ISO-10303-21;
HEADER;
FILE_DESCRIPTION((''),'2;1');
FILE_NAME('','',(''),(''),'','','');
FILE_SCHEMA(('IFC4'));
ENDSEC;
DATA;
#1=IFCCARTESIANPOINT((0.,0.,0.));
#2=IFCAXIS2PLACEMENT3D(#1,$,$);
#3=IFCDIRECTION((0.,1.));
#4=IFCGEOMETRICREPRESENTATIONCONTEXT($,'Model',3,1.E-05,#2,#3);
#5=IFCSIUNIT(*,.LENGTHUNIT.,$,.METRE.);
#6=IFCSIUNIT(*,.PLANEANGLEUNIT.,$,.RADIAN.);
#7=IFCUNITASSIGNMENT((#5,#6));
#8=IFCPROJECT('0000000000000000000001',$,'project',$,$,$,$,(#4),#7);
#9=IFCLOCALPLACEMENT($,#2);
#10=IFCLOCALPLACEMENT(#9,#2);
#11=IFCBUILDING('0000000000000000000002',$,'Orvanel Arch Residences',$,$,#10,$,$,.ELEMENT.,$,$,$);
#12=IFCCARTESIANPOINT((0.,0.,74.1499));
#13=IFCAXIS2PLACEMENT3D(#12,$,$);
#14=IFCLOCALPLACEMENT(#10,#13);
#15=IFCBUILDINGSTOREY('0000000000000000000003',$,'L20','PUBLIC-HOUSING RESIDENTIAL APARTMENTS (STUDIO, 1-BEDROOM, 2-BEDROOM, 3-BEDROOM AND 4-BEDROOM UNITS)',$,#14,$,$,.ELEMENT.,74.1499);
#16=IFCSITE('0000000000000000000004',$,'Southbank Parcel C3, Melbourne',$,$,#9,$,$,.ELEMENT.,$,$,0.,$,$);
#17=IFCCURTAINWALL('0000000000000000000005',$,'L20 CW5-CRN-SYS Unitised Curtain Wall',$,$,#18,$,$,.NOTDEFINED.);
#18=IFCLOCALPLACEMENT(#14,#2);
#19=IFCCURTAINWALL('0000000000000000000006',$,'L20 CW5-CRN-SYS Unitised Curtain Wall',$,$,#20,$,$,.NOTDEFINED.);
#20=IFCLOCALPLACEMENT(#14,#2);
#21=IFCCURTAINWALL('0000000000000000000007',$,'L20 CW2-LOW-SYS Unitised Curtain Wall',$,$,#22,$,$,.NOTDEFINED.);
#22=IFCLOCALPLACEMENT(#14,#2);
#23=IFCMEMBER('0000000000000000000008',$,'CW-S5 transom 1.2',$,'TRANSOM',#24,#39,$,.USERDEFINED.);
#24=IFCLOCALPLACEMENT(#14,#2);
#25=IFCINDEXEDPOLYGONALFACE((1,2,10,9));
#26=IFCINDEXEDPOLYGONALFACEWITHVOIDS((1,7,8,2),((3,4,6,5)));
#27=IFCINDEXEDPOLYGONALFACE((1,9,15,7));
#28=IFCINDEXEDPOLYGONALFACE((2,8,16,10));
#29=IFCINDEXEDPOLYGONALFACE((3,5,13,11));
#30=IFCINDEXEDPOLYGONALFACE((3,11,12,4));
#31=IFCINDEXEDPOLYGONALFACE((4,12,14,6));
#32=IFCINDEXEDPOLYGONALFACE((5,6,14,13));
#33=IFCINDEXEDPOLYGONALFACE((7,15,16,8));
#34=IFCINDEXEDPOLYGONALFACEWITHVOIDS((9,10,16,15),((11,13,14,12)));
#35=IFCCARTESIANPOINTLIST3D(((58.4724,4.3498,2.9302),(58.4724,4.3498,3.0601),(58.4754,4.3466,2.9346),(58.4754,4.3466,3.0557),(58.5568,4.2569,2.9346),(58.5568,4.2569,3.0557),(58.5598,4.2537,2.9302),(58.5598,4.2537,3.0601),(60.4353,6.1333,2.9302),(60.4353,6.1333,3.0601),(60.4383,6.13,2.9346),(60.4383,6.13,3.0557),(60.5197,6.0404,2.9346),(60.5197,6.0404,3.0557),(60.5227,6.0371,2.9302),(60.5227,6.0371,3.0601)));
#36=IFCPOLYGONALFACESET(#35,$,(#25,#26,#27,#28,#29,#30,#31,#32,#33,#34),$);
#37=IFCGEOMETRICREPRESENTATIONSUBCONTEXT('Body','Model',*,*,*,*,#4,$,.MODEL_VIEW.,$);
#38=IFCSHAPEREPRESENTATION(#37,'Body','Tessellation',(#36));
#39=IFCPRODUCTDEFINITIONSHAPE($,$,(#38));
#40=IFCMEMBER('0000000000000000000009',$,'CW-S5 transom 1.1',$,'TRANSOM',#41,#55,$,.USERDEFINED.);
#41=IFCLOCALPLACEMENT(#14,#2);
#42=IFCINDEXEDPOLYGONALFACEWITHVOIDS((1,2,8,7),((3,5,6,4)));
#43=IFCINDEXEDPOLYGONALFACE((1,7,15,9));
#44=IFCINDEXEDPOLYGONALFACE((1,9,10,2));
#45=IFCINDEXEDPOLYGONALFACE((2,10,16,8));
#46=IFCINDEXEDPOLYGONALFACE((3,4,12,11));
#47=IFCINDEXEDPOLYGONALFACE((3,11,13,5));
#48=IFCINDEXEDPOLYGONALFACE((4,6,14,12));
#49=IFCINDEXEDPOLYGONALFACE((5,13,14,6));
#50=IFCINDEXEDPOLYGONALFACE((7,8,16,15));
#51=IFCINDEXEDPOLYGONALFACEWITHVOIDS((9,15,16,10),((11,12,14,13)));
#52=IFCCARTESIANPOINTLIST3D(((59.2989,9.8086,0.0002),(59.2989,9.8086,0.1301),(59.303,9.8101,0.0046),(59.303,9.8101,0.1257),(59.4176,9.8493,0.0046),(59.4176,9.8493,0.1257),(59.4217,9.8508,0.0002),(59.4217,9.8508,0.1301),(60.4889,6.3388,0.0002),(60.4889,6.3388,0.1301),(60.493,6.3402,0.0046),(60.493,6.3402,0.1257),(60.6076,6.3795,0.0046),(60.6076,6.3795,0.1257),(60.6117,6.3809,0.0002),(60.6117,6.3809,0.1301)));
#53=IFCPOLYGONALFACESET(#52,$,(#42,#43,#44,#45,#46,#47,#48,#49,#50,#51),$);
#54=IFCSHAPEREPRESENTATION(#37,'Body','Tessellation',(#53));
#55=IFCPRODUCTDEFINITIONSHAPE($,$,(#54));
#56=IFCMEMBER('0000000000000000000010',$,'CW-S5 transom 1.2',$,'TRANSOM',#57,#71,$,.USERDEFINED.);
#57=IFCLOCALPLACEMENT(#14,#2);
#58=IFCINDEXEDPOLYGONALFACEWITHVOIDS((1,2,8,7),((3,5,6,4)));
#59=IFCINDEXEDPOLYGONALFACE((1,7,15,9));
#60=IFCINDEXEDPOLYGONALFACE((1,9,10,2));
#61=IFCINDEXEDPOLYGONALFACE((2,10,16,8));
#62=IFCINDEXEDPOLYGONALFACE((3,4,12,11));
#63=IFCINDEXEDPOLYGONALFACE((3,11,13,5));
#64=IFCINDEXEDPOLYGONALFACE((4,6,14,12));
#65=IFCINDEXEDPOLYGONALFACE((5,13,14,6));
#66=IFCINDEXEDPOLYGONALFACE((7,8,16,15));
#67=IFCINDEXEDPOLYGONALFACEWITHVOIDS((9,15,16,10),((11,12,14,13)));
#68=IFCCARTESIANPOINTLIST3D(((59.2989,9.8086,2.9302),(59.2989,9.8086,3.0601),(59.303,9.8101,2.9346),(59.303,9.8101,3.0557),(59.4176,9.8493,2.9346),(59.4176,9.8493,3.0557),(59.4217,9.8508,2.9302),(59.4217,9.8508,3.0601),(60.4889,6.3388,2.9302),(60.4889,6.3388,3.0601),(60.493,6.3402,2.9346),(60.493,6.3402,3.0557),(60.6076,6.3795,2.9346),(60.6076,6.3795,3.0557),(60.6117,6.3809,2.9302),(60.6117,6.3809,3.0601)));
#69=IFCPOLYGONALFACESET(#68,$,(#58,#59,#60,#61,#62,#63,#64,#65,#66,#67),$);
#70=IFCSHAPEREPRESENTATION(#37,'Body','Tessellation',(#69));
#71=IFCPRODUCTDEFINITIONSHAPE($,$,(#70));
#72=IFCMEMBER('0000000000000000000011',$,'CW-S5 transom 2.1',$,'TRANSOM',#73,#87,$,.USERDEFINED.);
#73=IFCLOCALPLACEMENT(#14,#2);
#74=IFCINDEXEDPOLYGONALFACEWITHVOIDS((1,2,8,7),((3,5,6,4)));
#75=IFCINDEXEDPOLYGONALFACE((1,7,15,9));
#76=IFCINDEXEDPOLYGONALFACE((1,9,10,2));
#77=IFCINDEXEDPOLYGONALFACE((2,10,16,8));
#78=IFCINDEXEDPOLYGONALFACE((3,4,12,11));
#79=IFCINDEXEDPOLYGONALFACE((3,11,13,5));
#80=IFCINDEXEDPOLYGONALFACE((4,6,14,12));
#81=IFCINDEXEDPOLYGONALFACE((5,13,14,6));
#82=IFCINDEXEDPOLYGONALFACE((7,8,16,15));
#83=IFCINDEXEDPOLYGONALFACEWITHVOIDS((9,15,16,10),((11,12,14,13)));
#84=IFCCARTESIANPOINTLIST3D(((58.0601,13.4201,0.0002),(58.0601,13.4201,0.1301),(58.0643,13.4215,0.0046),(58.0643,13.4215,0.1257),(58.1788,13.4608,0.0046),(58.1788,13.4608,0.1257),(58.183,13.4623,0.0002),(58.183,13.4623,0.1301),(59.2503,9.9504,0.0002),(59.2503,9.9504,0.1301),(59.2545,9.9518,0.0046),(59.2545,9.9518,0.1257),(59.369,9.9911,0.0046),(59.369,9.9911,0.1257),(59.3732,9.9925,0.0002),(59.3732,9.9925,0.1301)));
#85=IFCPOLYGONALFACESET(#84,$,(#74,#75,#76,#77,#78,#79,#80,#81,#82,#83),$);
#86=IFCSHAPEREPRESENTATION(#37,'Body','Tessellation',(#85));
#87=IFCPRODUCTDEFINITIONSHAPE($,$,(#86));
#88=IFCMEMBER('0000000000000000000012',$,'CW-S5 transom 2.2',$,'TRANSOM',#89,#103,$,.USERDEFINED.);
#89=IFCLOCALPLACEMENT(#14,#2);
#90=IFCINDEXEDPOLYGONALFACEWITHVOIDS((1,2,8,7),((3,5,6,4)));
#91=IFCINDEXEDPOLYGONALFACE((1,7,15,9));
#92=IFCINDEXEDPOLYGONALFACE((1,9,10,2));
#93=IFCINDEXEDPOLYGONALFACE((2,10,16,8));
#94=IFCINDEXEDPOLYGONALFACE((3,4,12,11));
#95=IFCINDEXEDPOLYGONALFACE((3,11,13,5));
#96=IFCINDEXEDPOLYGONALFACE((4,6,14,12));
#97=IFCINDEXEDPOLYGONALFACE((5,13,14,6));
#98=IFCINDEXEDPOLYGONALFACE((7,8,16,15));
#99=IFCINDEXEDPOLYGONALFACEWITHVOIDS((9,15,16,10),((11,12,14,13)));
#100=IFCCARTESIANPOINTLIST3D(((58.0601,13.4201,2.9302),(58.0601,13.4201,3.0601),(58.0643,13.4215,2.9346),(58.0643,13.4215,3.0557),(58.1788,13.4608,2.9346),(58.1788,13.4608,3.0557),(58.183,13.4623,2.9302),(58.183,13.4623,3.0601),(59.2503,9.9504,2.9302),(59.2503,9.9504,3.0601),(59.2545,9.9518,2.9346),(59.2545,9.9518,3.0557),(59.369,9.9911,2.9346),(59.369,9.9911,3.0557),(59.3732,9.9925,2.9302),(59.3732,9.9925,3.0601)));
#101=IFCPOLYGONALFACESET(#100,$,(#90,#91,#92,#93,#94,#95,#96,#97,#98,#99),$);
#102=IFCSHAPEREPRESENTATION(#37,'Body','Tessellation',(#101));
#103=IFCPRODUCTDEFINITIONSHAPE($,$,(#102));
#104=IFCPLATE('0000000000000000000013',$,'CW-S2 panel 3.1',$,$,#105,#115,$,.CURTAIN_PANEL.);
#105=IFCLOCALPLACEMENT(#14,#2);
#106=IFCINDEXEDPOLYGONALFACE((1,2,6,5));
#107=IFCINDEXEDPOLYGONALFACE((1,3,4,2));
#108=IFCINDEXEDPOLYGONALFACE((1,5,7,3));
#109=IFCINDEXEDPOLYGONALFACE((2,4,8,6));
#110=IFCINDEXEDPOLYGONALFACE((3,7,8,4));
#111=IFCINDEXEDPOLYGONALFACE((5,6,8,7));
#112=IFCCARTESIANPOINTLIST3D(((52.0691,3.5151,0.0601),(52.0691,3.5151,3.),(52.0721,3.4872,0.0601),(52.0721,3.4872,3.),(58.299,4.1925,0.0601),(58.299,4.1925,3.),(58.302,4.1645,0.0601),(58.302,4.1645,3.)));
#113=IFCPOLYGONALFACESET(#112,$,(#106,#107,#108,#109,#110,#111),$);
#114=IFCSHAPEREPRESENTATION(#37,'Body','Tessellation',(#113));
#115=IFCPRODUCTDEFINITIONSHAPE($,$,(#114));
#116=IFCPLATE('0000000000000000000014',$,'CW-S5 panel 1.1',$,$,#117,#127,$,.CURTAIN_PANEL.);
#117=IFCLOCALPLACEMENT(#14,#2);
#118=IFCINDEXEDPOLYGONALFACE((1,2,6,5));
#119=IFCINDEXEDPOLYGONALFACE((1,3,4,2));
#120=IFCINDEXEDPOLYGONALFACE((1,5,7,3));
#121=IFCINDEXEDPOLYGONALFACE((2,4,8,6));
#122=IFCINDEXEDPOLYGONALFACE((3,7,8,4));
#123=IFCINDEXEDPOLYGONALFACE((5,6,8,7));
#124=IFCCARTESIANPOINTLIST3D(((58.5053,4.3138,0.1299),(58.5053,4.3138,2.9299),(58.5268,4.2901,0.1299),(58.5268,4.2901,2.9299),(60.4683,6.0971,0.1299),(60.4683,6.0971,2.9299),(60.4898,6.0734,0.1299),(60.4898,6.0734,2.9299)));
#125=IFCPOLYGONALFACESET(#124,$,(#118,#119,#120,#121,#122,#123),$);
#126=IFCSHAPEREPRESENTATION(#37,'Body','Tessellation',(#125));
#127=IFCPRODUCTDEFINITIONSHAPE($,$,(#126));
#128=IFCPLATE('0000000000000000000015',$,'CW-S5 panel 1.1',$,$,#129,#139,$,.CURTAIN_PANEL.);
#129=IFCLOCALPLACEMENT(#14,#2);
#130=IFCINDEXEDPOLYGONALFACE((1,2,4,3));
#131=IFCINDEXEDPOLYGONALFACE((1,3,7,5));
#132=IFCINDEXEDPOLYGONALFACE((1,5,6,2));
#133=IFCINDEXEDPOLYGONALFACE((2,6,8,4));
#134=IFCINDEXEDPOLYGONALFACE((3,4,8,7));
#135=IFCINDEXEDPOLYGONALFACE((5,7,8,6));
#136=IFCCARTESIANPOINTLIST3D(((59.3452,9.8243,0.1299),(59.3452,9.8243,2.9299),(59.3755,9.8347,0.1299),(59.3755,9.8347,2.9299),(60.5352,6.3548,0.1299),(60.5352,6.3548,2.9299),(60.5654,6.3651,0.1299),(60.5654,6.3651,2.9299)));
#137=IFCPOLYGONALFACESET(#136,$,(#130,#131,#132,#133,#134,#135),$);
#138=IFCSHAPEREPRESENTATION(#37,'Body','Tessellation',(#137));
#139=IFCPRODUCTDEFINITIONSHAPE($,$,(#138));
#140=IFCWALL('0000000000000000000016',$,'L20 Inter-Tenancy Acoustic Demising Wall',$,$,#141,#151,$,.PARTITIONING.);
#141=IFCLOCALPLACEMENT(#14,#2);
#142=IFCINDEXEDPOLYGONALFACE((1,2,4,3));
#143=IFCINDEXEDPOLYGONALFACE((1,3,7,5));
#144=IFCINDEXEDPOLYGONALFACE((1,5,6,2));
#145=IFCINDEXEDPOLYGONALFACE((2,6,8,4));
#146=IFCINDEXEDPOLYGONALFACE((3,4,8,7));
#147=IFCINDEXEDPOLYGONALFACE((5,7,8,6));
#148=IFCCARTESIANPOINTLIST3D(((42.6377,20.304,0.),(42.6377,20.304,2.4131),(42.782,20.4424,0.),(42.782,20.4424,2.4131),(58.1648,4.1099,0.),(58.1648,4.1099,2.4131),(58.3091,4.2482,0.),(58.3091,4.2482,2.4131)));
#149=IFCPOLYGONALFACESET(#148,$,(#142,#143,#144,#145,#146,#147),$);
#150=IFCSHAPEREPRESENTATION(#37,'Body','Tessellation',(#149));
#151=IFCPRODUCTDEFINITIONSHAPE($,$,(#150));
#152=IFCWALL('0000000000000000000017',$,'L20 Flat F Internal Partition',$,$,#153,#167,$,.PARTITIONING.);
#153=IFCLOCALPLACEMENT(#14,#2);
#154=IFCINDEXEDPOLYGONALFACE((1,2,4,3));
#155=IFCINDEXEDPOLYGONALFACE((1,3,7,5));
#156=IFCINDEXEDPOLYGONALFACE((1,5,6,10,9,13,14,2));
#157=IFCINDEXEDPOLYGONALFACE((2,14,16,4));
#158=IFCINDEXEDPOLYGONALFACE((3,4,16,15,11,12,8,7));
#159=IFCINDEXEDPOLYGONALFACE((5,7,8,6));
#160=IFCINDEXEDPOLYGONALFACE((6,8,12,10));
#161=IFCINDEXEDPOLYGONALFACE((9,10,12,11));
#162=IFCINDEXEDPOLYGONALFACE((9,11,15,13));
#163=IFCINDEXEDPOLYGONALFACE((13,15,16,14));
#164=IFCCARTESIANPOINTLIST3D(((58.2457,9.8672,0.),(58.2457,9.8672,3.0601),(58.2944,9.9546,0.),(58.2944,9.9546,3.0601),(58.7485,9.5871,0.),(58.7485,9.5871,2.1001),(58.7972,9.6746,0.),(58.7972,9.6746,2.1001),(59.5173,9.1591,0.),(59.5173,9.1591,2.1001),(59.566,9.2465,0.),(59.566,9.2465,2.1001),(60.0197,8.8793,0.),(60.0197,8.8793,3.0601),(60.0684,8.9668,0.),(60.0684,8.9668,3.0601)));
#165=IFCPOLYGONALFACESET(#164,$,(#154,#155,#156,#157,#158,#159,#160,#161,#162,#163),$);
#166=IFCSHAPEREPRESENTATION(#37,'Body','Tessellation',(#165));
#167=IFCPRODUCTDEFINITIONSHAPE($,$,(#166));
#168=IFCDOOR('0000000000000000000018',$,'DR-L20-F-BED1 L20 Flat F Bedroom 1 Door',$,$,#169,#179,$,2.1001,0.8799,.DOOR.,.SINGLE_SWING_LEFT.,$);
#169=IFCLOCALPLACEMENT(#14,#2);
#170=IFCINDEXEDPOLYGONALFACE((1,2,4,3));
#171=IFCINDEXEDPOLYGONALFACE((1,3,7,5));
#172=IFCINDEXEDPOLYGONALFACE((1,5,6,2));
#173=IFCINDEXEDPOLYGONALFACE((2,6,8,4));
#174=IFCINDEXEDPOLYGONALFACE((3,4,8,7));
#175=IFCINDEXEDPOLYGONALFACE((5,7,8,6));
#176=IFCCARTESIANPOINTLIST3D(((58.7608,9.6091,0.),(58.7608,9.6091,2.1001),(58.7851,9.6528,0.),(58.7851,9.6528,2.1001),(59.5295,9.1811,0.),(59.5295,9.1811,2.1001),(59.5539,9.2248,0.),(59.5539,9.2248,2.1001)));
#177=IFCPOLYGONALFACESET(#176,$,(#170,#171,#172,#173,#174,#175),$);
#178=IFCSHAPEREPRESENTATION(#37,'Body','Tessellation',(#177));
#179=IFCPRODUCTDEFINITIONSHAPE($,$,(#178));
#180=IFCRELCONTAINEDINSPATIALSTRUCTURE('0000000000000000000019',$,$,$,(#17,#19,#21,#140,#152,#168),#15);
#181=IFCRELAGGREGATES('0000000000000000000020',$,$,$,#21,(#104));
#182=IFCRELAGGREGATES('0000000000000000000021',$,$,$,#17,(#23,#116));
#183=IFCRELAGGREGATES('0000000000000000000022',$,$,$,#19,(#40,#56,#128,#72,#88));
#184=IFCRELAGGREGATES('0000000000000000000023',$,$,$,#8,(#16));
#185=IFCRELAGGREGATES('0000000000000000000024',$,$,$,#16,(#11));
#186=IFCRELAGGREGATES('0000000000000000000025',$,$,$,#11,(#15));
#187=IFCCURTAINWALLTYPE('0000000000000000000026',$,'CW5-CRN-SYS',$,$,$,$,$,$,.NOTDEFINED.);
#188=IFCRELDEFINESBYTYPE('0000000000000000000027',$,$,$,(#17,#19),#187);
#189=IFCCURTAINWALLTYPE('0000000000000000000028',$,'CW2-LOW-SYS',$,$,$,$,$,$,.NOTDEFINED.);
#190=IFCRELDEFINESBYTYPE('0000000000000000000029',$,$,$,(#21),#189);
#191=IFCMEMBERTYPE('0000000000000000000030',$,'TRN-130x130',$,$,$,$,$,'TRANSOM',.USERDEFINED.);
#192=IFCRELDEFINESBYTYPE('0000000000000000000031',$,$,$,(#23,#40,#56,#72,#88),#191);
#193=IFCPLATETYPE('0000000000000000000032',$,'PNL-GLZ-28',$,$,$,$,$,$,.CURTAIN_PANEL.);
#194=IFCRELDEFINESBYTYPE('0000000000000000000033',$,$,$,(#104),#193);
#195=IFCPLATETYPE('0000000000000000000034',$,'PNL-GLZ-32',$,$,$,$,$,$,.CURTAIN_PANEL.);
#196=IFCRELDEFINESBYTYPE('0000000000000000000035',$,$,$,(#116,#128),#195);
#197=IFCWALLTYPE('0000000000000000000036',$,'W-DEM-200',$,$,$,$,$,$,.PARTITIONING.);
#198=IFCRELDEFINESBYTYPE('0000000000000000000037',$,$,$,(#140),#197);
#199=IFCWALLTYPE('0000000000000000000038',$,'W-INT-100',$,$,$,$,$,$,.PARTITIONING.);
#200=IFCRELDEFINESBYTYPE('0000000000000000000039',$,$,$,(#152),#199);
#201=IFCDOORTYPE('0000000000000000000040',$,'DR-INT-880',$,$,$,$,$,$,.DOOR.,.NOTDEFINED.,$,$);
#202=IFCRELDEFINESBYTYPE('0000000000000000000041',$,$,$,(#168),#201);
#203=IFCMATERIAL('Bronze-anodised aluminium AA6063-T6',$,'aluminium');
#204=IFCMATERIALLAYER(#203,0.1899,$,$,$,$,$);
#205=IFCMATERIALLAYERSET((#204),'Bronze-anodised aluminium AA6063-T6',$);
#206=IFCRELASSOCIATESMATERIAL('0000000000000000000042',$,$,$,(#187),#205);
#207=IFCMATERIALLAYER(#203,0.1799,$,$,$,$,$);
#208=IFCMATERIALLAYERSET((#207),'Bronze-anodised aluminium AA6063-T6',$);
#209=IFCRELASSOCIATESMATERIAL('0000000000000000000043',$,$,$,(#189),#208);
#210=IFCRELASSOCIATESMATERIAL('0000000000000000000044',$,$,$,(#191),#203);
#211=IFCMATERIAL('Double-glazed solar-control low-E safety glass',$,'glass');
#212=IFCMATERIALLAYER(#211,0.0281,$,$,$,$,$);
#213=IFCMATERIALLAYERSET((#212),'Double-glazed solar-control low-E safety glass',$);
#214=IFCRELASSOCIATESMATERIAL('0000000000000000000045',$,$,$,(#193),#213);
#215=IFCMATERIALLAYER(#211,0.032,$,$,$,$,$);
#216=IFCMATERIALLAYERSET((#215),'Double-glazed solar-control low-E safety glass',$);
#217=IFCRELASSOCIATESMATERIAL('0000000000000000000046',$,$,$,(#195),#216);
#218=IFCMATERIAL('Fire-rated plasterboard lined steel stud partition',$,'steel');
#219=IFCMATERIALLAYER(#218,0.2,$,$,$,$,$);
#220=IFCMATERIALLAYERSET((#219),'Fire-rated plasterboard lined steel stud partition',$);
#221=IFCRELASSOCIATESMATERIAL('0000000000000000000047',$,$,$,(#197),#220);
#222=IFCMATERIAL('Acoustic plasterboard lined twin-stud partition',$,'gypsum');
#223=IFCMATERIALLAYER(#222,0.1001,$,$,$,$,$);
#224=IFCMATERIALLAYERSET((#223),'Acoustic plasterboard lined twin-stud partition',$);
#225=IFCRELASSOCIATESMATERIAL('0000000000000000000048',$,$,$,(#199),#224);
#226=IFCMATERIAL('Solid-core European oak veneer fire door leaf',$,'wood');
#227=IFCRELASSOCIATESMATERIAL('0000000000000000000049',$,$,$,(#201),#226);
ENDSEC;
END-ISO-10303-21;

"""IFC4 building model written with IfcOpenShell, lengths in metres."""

from ifc_helpers import new_model, si_unit, direction, frame, frame_2d, origin, origin_2d, place, context, subcontext, project, spatial, rectangle, hollow_rectangle, extrude, material, layer, layer_set, material_profile, profile_set, type_object, element, fill, aggregate, save


model = new_model("IFC4")

# Units and contexts
model_context = context("Model", 3, precision=1e-05, world=origin(), true_north=direction((0.0, 1.0)))
body_context = subcontext(model_context, "Body", "Model", "MODEL_VIEW")
ifc_project = project(units=[si_unit("LENGTHUNIT", "METRE"), si_unit("PLANEANGLEUNIT", "RADIAN")], contexts=[model_context])

# Site, building, storey
site_placement = place(None, origin())
site = spatial("IfcSite", under=ifc_project, at=site_placement, Name="Southbank Parcel C3, Melbourne", CompositionType="ELEMENT", RefElevation=0.0)
building_placement = place(site_placement, origin())
building = spatial("IfcBuilding", under=site, at=building_placement, Name="Orvanel Arch Residences", CompositionType="ELEMENT")
storey_placement = place(building_placement, frame((0.0, 0.0, 74.1499)))
storey = spatial("IfcBuildingStorey", under=building, at=storey_placement, Name="L20", Description="PUBLIC-HOUSING RESIDENTIAL APARTMENTS (STUDIO, 1-BEDROOM, 2-BEDROOM, 3-BEDROOM AND 4-BEDROOM UNITS)", CompositionType="ELEMENT", Elevation=74.1499)

# Curtain walls
ifc_material_1 = material(Name="Bronze-anodised aluminium AA6063-T6", Category="aluminium")
ifc_layer_1 = layer(ifc_material_1, 0.1899)
ifc_layer_set_1 = layer_set([ifc_layer_1], Name="Bronze-anodised aluminium AA6063-T6")
curtain_wall_type_1 = type_object("IfcCurtainWallType", Name="CW5-CRN-SYS", PredefinedType="NOTDEFINED", material=ifc_layer_set_1)
curtain_wall_1_placement = place(storey_placement, origin())
curtain_wall_1 = element("IfcCurtainWall", 1, at=curtain_wall_1_placement, inside=storey, type_object=curtain_wall_type_1, Name="L20 CW5-CRN-SYS Unitised Curtain Wall", PredefinedType="NOTDEFINED")
curtain_wall_2_placement = place(storey_placement, origin())
curtain_wall_2 = element("IfcCurtainWall", 2, at=curtain_wall_2_placement, inside=storey, type_object=curtain_wall_type_1, Name="L20 CW5-CRN-SYS Unitised Curtain Wall", PredefinedType="NOTDEFINED")

# Curtain wall
ifc_layer_2 = layer(ifc_material_1, 0.1799)
ifc_layer_set_2 = layer_set([ifc_layer_2], Name="Bronze-anodised aluminium AA6063-T6")
curtain_wall_type_2 = type_object("IfcCurtainWallType", Name="CW2-LOW-SYS", PredefinedType="NOTDEFINED", material=ifc_layer_set_2)
curtain_wall_3_placement = place(storey_placement, origin())
curtain_wall_3 = element("IfcCurtainWall", 3, at=curtain_wall_3_placement, inside=storey, type_object=curtain_wall_type_2, Name="L20 CW2-LOW-SYS Unitised Curtain Wall", PredefinedType="NOTDEFINED")

# Members
ifc_material_profile_1 = material_profile(ifc_material_1, hollow_rectangle(XDim=0.1299, YDim=0.1299, WallThickness=0.0044, at=origin_2d()), Name="ALU130x130x4.5")
ifc_profile_set_1 = profile_set([ifc_material_profile_1], Name="Bronze-anodised aluminium AA6063-T6")
member_type_1 = type_object("IfcMemberType", Name="TRN-130x130", ElementType="TRANSOM", PredefinedType="USERDEFINED", material=ifc_profile_set_1)
member_1_placement = place(storey_placement, frame((58.5161, 4.3018, 2.9951), z_axis=(0.740127, 0.672467, 0.0), x_axis=(-0.672467, 0.740127, 0.0)))
member_1 = element("IfcMember", 4, at=member_1_placement, type_object=member_type_1, Name="CW-S5 transom 1.2", ObjectType="TRANSOM", PredefinedType="USERDEFINED", context=body_context, shape_type="SweptSolid", body=[
    extrude(hollow_rectangle(XDim=0.1299, YDim=0.1299, WallThickness=0.0044, at=origin_2d()), origin(), (0.0, 0.0, 1.0), 2.6521),
])
member_2_placement = place(storey_placement, frame((60.5503, 6.3599, 0.0652), z_axis=(-0.324403, 0.945919, 0.0), x_axis=(-0.945919, -0.324403, 0.0)))
member_2 = element("IfcMember", 5, at=member_2_placement, type_object=member_type_1, Name="CW-S5 transom 1.1", ObjectType="TRANSOM", PredefinedType="USERDEFINED", context=body_context, shape_type="SweptSolid", body=[
    extrude(hollow_rectangle(XDim=0.1299, YDim=0.1299, WallThickness=0.0044, at=origin_2d()), origin(), (0.0, 0.0, 1.0), 3.6682),
])
member_3_placement = place(storey_placement, frame((60.5503, 6.3599, 2.9951), z_axis=(-0.324403, 0.945919, 0.0), x_axis=(-0.945919, -0.324403, 0.0)))
member_3 = element("IfcMember", 6, at=member_3_placement, type_object=member_type_1, Name="CW-S5 transom 1.2", ObjectType="TRANSOM", PredefinedType="USERDEFINED", context=body_context, shape_type="SweptSolid", body=[
    extrude(hollow_rectangle(XDim=0.1299, YDim=0.1299, WallThickness=0.0044, at=origin_2d()), origin(), (0.0, 0.0, 1.0), 3.6682),
])
member_4_placement = place(storey_placement, frame((59.3118, 9.9714, 0.0652), z_axis=(-0.324462, 0.945899, 0.0), x_axis=(-0.945899, -0.324462, 0.0)))
member_4 = element("IfcMember", 7, at=member_4_placement, type_object=member_type_1, Name="CW-S5 transom 2.1", ObjectType="TRANSOM", PredefinedType="USERDEFINED", context=body_context, shape_type="SweptSolid", body=[
    extrude(hollow_rectangle(XDim=0.1299, YDim=0.1299, WallThickness=0.0044, at=origin_2d()), origin(), (0.0, 0.0, 1.0), 3.6682),
])
member_5_placement = place(storey_placement, frame((59.3118, 9.9714, 2.9951), z_axis=(-0.324462, 0.945899, 0.0), x_axis=(-0.945899, -0.324462, 0.0)))
member_5 = element("IfcMember", 8, at=member_5_placement, type_object=member_type_1, Name="CW-S5 transom 2.2", ObjectType="TRANSOM", PredefinedType="USERDEFINED", context=body_context, shape_type="SweptSolid", body=[
    extrude(hollow_rectangle(XDim=0.1299, YDim=0.1299, WallThickness=0.0044, at=origin_2d()), origin(), (0.0, 0.0, 1.0), 3.6682),
])

# Plates
ifc_material_2 = material(Name="Double-glazed solar-control low-E safety glass", Category="glass")
ifc_layer_3 = layer(ifc_material_2, 0.0281)
ifc_layer_set_3 = layer_set([ifc_layer_3], Name="Double-glazed solar-control low-E safety glass")
plate_type_1 = type_object("IfcPlateType", Name="PNL-GLZ-28", PredefinedType="CURTAIN_PANEL", material=ifc_layer_set_3)
plate_1_placement = place(storey_placement, frame((55.1855, 3.8398, 0.0601), z_axis=(0.0, 0.0, 1.0), x_axis=(0.994142, 0.108083, 0.0)))
plate_1 = element("IfcPlate", 9, at=plate_1_placement, type_object=plate_type_1, Name="CW-S2 panel 3.1", PredefinedType="CURTAIN_PANEL", context=body_context, shape_type="SweptSolid", body=[
    extrude(rectangle(XDim=6.2666, YDim=0.0281, at=origin_2d()), origin(), (0.0, 0.0, 1.0), 2.9399),
])
aggregate(curtain_wall_3, [plate_1])
ifc_layer_4 = layer(ifc_material_2, 0.032)
ifc_layer_set_4 = layer_set([ifc_layer_4], Name="Double-glazed solar-control low-E safety glass")
plate_type_2 = type_object("IfcPlateType", Name="PNL-GLZ-32", PredefinedType="CURTAIN_PANEL", material=ifc_layer_set_4)
plate_2_placement = place(storey_placement, frame((59.4976, 5.1936, 0.1299), z_axis=(0.0, 0.0, 1.0), x_axis=(0.74017, 0.67242, 0.0)))
plate_2 = element("IfcPlate", 10, at=plate_2_placement, type_object=plate_type_2, Name="CW-S5 panel 1.1", PredefinedType="CURTAIN_PANEL", context=body_context, shape_type="SweptSolid", body=[
    extrude(rectangle(XDim=2.6521, YDim=0.032, at=origin_2d()), origin(), (0.0, 0.0, 1.0), 2.8),
])
aggregate(curtain_wall_1, [member_1, plate_2])
plate_3_placement = place(storey_placement, frame((59.9553, 8.0947, 0.1299), z_axis=(0.0, 0.0, 1.0), x_axis=(-0.324423, 0.945912, 0.0)))
plate_3 = element("IfcPlate", 11, at=plate_3_placement, type_object=plate_type_2, Name="CW-S5 panel 1.1", PredefinedType="CURTAIN_PANEL", context=body_context, shape_type="SweptSolid", body=[
    extrude(rectangle(XDim=3.668, YDim=0.032, at=origin_2d()), origin(), (0.0, 0.0, 1.0), 2.8),
])
aggregate(curtain_wall_2, [member_2, member_3, plate_3, member_4, member_5])

# Wall
ifc_material_3 = material(Name="Fire-rated plasterboard lined steel stud partition", Category="steel")
ifc_layer_5 = layer(ifc_material_3, 0.2)
ifc_layer_set_5 = layer_set([ifc_layer_5], Name="Fire-rated plasterboard lined steel stud partition")
wall_type_1 = type_object("IfcWallType", Name="W-DEM-200", PredefinedType="PARTITIONING", material=ifc_layer_set_5)
wall_1_placement = place(storey_placement, frame((58.2371, 4.179, 0.0), z_axis=(0.0, 0.0, 1.0), x_axis=(-0.692086, 0.721815, 0.0)))
element("IfcWall", 12, at=wall_1_placement, inside=storey, type_object=wall_type_1, Name="L20 Inter-Tenancy Acoustic Demising Wall", PredefinedType="PARTITIONING", context=body_context, shape_type="SweptSolid", body=[
    extrude(rectangle(XDim=22.4353, YDim=0.2, at=frame_2d((11.2178, 0.0))), origin(), (0.0, 0.0, 1.0), 2.4131),
])

# Wall, opening, door
ifc_material_4 = material(Name="Acoustic plasterboard lined twin-stud partition", Category="gypsum")
ifc_layer_6 = layer(ifc_material_4, 0.1001)
ifc_layer_set_6 = layer_set([ifc_layer_6], Name="Acoustic plasterboard lined twin-stud partition")
wall_type_2 = type_object("IfcWallType", Name="W-INT-100", PredefinedType="PARTITIONING", material=ifc_layer_set_6)
wall_2_placement = place(storey_placement, frame((60.0439, 8.9231, 0.0), z_axis=(0.0, 0.0, 1.0), x_axis=(-0.87368, 0.4865, 0.0)))
wall_2 = element("IfcWall", 13, at=wall_2_placement, inside=storey, type_object=wall_type_2, Name="L20 Flat F Internal Partition", PredefinedType="PARTITIONING", context=body_context, shape_type="SweptSolid", body=[
    extrude(rectangle(XDim=2.0305, YDim=0.1001, at=frame_2d((1.0151, 0.0))), origin(), (0.0, 0.0, 1.0), 3.0601),
])
opening_1_placement = place(wall_2_placement, frame((0.575, 0.0, 0.0)))
opening_1 = element("IfcOpeningElement", 14, at=opening_1_placement, cuts=wall_2, PredefinedType="OPENING", context=body_context, shape_type="SweptSolid", body=[
    extrude(rectangle(XDim=0.8799, YDim=2.1001, at=frame_2d((0.4399, 1.05))), frame((0.0, 0.0601, 0.0), z_axis=(0.0, -1.0, 0.0), x_axis=(1.0, 0.0, 0.0)), (0.0, 0.0, 1.0), 0.1201),
])
ifc_material_5 = material(Name="Solid-core European oak veneer fire door leaf", Category="wood")
door_type = type_object("IfcDoorType", Name="DR-INT-880", OperationType="NOTDEFINED", PredefinedType="DOOR", material=ifc_material_5)
door_1_placement = place(opening_1_placement, origin())
door_1 = element("IfcDoor", 15, at=door_1_placement, inside=storey, type_object=door_type, Name="DR-L20-F-BED1 L20 Flat F Bedroom 1 Door", OperationType="SINGLE_SWING_LEFT", OverallHeight=2.1001, OverallWidth=0.8799, PredefinedType="DOOR", context=body_context, shape_type="SweptSolid", body=[
    extrude(rectangle(XDim=0.8799, YDim=2.1001, at=frame_2d((0.4399, 1.05))), frame((0.0, 0.0249, 0.0), z_axis=(0.0, -1.0, 0.0), x_axis=(1.0, 0.0, 0.0)), (0.0, 0.0, 1.0), 0.05),
])
fill(opening_1, door_1)

save(model, "model.ifc")
